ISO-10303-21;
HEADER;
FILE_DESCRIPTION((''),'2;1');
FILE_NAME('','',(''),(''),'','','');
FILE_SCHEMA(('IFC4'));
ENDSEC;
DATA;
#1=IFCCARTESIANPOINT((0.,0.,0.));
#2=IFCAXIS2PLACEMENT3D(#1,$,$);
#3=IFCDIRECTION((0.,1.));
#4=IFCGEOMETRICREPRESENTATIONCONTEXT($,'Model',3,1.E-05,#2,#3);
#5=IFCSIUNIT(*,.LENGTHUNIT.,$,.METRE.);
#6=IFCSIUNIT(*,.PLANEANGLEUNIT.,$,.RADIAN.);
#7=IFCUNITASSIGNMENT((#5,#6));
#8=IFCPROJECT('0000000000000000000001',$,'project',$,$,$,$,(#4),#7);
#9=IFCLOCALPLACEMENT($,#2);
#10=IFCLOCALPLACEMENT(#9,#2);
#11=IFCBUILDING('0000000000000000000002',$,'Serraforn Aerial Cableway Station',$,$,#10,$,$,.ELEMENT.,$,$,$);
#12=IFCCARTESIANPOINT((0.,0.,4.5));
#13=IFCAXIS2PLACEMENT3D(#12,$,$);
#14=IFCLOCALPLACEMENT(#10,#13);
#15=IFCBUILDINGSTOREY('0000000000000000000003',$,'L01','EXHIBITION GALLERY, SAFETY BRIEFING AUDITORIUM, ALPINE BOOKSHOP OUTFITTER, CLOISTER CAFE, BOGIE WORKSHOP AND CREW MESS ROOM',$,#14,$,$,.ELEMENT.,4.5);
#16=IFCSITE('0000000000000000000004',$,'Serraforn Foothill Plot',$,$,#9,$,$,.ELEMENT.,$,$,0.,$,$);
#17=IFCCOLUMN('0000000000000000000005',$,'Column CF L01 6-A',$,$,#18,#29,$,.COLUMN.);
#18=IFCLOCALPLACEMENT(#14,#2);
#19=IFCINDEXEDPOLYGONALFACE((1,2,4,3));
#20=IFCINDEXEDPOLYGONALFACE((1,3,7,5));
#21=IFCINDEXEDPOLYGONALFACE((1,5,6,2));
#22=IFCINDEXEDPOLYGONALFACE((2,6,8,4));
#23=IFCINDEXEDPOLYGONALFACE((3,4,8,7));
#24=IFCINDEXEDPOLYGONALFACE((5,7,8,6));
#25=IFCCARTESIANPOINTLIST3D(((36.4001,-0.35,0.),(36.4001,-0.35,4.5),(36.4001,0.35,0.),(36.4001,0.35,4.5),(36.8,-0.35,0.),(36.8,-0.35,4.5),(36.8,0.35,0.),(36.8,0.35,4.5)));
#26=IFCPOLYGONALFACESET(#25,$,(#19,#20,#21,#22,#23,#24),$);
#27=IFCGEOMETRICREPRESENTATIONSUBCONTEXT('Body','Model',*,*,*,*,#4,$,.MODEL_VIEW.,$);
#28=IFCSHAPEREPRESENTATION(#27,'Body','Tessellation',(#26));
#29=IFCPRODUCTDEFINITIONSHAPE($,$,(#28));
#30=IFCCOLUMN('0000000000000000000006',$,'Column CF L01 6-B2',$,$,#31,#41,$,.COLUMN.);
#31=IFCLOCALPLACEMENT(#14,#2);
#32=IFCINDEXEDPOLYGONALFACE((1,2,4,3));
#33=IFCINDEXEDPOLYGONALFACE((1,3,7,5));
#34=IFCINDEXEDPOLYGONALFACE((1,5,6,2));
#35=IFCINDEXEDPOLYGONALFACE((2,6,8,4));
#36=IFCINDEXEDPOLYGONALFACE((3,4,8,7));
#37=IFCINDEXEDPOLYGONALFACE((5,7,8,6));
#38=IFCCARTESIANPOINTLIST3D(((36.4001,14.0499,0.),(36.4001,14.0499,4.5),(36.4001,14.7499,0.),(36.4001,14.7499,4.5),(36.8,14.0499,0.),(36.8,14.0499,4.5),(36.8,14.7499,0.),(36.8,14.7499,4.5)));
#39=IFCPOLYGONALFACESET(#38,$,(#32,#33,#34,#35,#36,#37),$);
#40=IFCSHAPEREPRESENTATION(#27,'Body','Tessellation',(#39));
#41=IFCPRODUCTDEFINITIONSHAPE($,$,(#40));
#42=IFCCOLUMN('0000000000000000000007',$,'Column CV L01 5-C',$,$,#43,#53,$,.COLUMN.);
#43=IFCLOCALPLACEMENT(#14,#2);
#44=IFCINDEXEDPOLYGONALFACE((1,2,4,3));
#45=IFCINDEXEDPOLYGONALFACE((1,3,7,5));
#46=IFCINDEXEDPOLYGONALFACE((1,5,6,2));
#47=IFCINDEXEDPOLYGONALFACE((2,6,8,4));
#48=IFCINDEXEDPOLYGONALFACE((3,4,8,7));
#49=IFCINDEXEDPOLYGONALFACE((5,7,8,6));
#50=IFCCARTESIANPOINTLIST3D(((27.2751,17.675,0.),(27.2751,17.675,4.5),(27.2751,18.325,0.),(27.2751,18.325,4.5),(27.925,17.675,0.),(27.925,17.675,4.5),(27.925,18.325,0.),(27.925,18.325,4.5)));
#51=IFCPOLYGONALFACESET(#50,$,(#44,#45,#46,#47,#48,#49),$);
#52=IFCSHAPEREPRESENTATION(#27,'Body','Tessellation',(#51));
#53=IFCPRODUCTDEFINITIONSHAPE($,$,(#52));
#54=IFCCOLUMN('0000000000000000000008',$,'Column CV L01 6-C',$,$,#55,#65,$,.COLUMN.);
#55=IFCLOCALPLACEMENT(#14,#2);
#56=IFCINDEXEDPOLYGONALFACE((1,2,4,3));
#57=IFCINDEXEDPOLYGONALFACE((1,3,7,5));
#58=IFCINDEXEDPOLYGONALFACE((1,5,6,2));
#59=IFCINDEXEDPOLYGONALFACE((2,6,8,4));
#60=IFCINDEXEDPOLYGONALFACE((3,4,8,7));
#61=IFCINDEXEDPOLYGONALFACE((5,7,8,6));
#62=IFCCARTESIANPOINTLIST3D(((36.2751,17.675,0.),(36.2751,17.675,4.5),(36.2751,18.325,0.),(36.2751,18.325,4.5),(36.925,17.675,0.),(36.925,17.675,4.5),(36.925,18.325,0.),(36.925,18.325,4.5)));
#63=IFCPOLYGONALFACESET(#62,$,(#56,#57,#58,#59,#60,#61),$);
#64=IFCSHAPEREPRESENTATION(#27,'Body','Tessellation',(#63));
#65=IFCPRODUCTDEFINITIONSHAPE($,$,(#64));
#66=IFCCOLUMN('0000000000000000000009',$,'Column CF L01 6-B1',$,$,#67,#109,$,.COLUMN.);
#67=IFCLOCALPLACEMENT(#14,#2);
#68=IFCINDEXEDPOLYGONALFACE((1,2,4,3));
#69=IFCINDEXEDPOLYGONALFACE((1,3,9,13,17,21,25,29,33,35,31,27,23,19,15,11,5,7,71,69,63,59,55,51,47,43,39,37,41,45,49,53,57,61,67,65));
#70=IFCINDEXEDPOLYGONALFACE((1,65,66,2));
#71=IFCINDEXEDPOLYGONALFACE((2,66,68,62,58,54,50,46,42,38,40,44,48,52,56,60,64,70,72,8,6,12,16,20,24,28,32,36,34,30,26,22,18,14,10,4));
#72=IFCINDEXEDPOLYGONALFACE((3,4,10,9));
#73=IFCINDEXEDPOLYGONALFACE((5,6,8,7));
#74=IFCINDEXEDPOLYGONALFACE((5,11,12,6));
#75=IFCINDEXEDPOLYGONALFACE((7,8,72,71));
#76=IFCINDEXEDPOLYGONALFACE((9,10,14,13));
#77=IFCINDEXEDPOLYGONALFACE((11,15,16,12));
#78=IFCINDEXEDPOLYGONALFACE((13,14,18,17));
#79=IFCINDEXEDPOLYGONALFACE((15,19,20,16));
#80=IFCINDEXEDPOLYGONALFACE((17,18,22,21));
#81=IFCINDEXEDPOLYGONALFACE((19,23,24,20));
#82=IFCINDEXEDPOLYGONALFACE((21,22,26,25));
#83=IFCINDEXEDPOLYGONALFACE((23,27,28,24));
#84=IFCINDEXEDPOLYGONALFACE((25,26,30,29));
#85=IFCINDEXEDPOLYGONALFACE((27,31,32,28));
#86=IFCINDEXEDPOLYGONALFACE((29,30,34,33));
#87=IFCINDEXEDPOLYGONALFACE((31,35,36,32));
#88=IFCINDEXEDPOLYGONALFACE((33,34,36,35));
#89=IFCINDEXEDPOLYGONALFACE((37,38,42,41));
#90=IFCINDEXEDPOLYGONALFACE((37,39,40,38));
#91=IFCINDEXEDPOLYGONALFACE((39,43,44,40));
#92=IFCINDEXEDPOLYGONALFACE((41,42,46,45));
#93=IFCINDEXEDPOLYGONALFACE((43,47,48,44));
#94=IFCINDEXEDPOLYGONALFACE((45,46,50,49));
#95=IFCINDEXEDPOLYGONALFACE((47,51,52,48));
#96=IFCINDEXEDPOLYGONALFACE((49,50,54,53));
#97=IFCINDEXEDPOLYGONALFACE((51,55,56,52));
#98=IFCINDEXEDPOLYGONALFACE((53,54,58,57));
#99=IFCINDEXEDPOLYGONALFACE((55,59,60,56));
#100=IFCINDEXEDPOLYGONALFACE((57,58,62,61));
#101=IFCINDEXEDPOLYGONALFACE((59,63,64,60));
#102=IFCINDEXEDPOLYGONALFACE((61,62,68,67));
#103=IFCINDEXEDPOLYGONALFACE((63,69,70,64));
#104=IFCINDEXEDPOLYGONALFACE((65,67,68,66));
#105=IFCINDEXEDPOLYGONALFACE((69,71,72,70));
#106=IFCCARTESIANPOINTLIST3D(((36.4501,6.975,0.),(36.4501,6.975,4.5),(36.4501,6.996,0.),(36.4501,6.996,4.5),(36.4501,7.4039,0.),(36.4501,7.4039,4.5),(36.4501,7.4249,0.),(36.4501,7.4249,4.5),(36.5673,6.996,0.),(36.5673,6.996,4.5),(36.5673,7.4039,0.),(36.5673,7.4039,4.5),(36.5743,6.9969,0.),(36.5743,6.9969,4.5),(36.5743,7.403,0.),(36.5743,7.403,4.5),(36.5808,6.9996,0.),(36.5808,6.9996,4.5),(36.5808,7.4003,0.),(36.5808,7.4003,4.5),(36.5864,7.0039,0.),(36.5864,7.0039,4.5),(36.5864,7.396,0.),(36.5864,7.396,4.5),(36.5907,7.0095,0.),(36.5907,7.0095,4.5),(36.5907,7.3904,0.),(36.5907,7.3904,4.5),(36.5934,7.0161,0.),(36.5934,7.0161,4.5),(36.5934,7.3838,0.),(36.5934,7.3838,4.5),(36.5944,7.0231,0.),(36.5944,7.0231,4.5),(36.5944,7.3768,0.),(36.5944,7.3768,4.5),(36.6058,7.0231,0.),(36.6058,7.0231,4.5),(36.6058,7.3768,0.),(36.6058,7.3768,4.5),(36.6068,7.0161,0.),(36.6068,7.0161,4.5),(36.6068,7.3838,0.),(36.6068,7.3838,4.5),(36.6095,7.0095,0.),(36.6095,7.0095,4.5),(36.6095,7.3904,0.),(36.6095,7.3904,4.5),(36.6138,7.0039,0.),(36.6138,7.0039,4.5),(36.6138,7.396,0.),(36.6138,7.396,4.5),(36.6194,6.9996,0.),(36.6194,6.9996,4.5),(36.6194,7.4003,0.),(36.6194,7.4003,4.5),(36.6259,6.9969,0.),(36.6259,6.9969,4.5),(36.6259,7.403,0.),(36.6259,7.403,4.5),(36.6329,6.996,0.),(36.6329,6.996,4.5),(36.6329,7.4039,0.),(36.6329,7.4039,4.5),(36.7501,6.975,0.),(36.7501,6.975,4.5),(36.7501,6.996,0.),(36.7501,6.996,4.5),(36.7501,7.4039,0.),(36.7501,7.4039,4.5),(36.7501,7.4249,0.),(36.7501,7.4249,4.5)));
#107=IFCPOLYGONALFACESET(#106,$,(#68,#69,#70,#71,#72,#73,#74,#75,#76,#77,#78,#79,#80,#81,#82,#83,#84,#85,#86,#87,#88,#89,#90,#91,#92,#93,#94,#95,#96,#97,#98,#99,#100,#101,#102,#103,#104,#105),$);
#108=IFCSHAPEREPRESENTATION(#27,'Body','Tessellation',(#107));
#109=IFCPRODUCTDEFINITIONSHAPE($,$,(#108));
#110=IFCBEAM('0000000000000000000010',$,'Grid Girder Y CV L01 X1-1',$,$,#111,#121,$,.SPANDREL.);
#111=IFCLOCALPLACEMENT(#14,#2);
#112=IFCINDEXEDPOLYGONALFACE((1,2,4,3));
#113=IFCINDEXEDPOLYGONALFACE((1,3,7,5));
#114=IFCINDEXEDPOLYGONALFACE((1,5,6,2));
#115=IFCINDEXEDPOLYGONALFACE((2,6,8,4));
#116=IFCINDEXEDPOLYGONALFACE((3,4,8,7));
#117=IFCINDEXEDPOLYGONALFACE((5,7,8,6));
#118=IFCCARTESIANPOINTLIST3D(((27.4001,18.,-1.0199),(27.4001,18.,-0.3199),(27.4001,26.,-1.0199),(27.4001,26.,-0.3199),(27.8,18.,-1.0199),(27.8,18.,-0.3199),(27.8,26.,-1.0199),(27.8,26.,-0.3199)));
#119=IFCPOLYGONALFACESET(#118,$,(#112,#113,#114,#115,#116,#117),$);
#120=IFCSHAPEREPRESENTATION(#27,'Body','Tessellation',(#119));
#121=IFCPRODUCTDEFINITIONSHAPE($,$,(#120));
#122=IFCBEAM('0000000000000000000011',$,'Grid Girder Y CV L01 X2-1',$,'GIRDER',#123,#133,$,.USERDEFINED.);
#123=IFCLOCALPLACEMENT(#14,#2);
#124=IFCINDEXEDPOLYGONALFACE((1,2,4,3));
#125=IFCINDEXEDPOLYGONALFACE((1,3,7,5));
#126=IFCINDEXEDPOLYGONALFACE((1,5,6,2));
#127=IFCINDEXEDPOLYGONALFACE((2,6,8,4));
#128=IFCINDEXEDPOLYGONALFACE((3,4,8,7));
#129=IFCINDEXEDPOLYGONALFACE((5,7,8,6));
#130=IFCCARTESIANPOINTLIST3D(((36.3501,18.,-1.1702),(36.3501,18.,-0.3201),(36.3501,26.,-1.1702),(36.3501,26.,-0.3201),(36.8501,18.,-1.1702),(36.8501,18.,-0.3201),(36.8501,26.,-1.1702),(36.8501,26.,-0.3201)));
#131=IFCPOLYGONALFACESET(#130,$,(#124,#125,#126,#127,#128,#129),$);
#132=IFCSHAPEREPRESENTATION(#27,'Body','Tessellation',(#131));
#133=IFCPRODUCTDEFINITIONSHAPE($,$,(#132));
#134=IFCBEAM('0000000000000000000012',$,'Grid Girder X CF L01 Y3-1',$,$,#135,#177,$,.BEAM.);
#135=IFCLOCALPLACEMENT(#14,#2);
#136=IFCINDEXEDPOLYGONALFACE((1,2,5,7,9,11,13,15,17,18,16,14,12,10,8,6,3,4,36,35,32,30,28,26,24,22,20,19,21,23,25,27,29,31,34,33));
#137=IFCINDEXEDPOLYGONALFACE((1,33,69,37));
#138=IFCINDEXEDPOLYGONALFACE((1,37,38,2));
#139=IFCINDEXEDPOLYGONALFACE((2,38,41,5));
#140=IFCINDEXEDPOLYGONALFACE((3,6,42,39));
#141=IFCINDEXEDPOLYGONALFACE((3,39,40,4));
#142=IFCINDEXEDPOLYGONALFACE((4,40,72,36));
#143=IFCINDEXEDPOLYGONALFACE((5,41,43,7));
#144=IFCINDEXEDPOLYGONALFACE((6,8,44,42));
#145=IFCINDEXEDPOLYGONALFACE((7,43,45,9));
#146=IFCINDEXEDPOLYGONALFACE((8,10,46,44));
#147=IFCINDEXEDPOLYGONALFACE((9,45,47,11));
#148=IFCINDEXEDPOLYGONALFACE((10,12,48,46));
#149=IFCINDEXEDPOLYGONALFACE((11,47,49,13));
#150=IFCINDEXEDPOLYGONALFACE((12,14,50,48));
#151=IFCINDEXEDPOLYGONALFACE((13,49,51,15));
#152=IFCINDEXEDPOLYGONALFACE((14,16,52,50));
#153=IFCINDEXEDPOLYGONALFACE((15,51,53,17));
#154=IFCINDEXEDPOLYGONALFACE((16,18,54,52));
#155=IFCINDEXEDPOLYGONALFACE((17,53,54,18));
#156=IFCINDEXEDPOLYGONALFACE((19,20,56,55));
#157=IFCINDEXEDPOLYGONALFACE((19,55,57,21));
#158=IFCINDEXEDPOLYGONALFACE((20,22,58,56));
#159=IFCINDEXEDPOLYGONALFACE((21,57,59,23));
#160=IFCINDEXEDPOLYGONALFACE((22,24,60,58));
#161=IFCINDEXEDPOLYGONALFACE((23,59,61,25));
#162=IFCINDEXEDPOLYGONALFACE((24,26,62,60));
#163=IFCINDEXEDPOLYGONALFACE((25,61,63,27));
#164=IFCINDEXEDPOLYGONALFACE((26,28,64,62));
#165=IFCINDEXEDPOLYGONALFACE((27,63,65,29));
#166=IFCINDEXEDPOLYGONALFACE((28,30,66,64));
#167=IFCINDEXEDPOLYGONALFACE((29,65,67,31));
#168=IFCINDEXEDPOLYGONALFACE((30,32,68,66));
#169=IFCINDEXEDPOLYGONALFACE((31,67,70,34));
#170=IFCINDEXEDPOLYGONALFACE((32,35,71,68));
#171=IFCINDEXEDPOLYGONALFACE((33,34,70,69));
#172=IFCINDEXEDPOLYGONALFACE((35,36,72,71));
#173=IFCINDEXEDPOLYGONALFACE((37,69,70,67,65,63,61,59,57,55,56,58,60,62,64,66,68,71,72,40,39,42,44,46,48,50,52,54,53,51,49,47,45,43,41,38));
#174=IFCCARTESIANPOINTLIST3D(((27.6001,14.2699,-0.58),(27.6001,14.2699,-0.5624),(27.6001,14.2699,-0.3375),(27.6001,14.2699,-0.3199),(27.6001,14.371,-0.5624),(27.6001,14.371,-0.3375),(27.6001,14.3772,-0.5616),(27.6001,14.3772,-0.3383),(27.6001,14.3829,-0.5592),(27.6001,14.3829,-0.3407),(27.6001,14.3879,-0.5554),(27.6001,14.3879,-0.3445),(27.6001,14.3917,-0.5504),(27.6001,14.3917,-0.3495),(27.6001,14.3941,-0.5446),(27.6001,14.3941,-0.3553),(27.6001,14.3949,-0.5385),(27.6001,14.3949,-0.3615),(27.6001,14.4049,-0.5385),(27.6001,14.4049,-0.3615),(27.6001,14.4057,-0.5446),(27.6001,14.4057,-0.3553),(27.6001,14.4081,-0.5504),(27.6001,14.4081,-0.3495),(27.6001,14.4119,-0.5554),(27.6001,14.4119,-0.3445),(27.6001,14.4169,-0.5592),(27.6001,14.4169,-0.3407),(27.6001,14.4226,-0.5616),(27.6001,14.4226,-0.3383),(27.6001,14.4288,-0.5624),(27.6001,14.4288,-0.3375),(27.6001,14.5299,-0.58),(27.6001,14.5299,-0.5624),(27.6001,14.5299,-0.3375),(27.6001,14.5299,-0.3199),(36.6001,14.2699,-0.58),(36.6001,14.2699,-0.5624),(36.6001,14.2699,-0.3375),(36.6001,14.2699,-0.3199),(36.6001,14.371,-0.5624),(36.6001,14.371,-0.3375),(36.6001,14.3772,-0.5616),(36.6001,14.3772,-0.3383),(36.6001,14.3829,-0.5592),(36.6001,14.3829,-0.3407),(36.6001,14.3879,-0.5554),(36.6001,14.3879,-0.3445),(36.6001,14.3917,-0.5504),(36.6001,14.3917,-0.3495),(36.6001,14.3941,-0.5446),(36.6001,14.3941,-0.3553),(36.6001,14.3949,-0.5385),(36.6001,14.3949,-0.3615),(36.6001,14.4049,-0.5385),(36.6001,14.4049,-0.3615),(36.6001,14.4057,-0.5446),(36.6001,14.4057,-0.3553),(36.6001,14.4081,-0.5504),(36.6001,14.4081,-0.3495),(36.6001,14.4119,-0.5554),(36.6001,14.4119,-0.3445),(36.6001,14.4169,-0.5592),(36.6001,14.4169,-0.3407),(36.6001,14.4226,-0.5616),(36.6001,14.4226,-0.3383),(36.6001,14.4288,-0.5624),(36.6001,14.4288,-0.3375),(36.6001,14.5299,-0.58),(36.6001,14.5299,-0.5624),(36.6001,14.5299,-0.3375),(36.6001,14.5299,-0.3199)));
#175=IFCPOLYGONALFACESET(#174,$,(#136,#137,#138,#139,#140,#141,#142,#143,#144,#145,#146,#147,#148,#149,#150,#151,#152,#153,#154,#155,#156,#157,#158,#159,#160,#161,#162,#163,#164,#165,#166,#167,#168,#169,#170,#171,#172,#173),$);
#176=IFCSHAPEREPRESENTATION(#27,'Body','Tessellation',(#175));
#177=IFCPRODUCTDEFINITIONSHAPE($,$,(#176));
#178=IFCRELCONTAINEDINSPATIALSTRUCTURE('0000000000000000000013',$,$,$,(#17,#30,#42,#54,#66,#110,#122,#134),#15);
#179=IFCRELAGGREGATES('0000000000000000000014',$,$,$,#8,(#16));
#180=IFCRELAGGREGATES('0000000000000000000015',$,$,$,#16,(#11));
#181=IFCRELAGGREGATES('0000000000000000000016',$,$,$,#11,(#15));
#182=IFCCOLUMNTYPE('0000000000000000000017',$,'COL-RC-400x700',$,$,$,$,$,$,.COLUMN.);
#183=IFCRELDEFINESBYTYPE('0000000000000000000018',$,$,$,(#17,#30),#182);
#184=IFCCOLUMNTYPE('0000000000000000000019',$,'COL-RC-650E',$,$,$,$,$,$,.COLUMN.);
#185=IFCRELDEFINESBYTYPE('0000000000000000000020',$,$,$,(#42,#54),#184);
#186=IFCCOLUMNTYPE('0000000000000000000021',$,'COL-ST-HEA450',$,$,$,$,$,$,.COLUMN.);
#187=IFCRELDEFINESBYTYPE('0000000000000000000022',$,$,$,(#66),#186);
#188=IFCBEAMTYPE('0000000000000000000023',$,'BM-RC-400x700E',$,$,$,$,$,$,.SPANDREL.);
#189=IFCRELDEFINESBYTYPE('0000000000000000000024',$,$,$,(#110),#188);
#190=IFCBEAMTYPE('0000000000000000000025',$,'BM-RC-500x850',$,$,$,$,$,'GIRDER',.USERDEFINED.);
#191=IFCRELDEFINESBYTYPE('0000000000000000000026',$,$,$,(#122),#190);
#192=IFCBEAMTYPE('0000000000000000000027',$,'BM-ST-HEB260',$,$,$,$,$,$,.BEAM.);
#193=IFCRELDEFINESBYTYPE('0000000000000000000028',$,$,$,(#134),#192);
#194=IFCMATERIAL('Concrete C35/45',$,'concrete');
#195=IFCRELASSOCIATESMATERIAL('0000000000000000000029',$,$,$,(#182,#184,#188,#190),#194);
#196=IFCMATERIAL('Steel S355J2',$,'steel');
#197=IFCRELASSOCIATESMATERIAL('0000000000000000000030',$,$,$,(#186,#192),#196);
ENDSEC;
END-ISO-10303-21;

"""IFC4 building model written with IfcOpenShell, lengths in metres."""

from ifc_helpers import new_model, si_unit, direction, frame, origin, origin_2d, place, context, subcontext, project, spatial, rectangle, i_section, extrude, material, material_profile, profile_set, type_object, element, save


model = new_model("IFC4")

# Units and contexts
model_context = context("Model", 3, precision=1e-05, world=origin(), true_north=direction((0.0, 1.0)))
body_context = subcontext(model_context, "Body", "Model", "MODEL_VIEW")
ifc_project = project(units=[si_unit("LENGTHUNIT", "METRE"), si_unit("PLANEANGLEUNIT", "RADIAN")], contexts=[model_context])

# Site, building, storey
site_placement = place(None, origin())
site = spatial("IfcSite", under=ifc_project, at=site_placement, Name="Serraforn Foothill Plot", CompositionType="ELEMENT", RefElevation=0.0)
building_placement = place(site_placement, origin())
building = spatial("IfcBuilding", under=site, at=building_placement, Name="Serraforn Aerial Cableway Station", CompositionType="ELEMENT")
storey_placement = place(building_placement, frame((0.0, 0.0, 4.5)))
storey = spatial("IfcBuildingStorey", under=building, at=storey_placement, Name="L01", Description="EXHIBITION GALLERY, SAFETY BRIEFING AUDITORIUM, ALPINE BOOKSHOP OUTFITTER, CLOISTER CAFE, BOGIE WORKSHOP AND CREW MESS ROOM", CompositionType="ELEMENT", Elevation=4.5)

# Columns
ifc_material_1 = material(Name="Concrete C35/45", Category="concrete")
ifc_material_profile_1 = material_profile(ifc_material_1, rectangle(XDim=0.3999, YDim=0.7, at=origin_2d()), Name="RC 400x700")
ifc_profile_set_1 = profile_set([ifc_material_profile_1], Name="Concrete C35/45")
column_type_1 = type_object("IfcColumnType", Name="COL-RC-400x700", PredefinedType="COLUMN", material=ifc_profile_set_1)
for number, where, z_axis, x_axis, name in (
    (1, (36.6001, 0.0, 0.0), (0.0, 0.0, 1.0), (1.0, 0.0, 0.0), "Column CF L01 6-A"),
    (2, (36.6001, 14.3999, 0.0), (0.0, 0.0, 1.0), (1.0, 0.0, 0.0), "Column CF L01 6-B2"),
):
    element("IfcColumn", number, at=place(storey_placement, frame(where, z_axis=z_axis, x_axis=x_axis)), inside=storey, type_object=column_type_1, Name=name, PredefinedType="COLUMN", context=body_context, shape_type="SweptSolid", body=[
        extrude(rectangle(XDim=0.3999, YDim=0.7, at=origin_2d()), origin(), (0.0, 0.0, 1.0), 4.5),
    ])
ifc_material_profile_2 = material_profile(ifc_material_1, rectangle(XDim=0.6499, YDim=0.6499, at=origin_2d()), Name="RC 650x650")
ifc_profile_set_2 = profile_set([ifc_material_profile_2], Name="Concrete C35/45")
column_type_2 = type_object("IfcColumnType", Name="COL-RC-650E", PredefinedType="COLUMN", material=ifc_profile_set_2)
for number, where, z_axis, x_axis, name in (
    (3, (27.6001, 18.0, 0.0), (0.0, 0.0, 1.0), (1.0, 0.0, 0.0), "Column CV L01 5-C"),
    (4, (36.6001, 18.0, 0.0), (0.0, 0.0, 1.0), (1.0, 0.0, 0.0), "Column CV L01 6-C"),
):
    element("IfcColumn", number, at=place(storey_placement, frame(where, z_axis=z_axis, x_axis=x_axis)), inside=storey, type_object=column_type_2, Name=name, PredefinedType="COLUMN", context=body_context, shape_type="SweptSolid", body=[
        extrude(rectangle(XDim=0.6499, YDim=0.6499, at=origin_2d()), origin(), (0.0, 0.0, 1.0), 4.5),
    ])
ifc_material_2 = material(Name="Steel S355J2", Category="steel")
ifc_material_profile_3 = material_profile(ifc_material_2, i_section(OverallWidth=0.3, OverallDepth=0.45, WebThickness=0.0115, FlangeThickness=0.021, FilletRadius=0.0271, at=origin_2d()), Name="HEA 450")
ifc_profile_set_3 = profile_set([ifc_material_profile_3], Name="Steel S355J2")
column_type_3 = type_object("IfcColumnType", Name="COL-ST-HEA450", PredefinedType="COLUMN", material=ifc_profile_set_3)
column_placement = place(storey_placement, frame((36.6001, 7.2, 0.0), z_axis=(0.0, 0.0, 1.0), x_axis=(1.0, 0.0, 0.0)))
element("IfcColumn", 5, at=column_placement, inside=storey, type_object=column_type_3, Name="Column CF L01 6-B1", PredefinedType="COLUMN", context=body_context, shape_type="SweptSolid", body=[
    extrude(i_section(OverallWidth=0.3, OverallDepth=0.45, WebThickness=0.0115, FlangeThickness=0.021, FilletRadius=0.0271, at=origin_2d()), origin(), (0.0, 0.0, 1.0), 4.5),
])

# Beams
ifc_material_profile_4 = material_profile(ifc_material_1, rectangle(XDim=0.3999, YDim=0.7, at=origin_2d()), Name="RC 400x700")
ifc_profile_set_4 = profile_set([ifc_material_profile_4], Name="Concrete C35/45")
beam_type_1 = type_object("IfcBeamType", Name="BM-RC-400x700E", PredefinedType="SPANDREL", material=ifc_profile_set_4)
beam_1_placement = place(storey_placement, frame((27.6001, 18.0, -0.6699), z_axis=(0.0, 1.0, 0.0), x_axis=(-1.0, 0.0, 0.0)))
element("IfcBeam", 6, at=beam_1_placement, inside=storey, type_object=beam_type_1, Name="Grid Girder Y CV L01 X1-1", PredefinedType="SPANDREL", context=body_context, shape_type="SweptSolid", body=[
    extrude(rectangle(XDim=0.3999, YDim=0.7, at=origin_2d()), origin(), (0.0, 0.0, 1.0), 8.0),
])
ifc_material_profile_5 = material_profile(ifc_material_1, rectangle(XDim=0.5, YDim=0.8501, at=origin_2d()), Name="RC 500x850")
ifc_profile_set_5 = profile_set([ifc_material_profile_5], Name="Concrete C35/45")
beam_type_2 = type_object("IfcBeamType", Name="BM-RC-500x850", ElementType="GIRDER", PredefinedType="USERDEFINED", material=ifc_profile_set_5)
beam_2_placement = place(storey_placement, frame((36.6001, 18.0, -0.7451), z_axis=(0.0, 1.0, 0.0), x_axis=(-1.0, 0.0, 0.0)))
element("IfcBeam", 7, at=beam_2_placement, inside=storey, type_object=beam_type_2, Name="Grid Girder Y CV L01 X2-1", ObjectType="GIRDER", PredefinedType="USERDEFINED", context=body_context, shape_type="SweptSolid", body=[
    extrude(rectangle(XDim=0.5, YDim=0.8501, at=origin_2d()), origin(), (0.0, 0.0, 1.0), 8.0),
])
ifc_material_profile_6 = material_profile(ifc_material_2, i_section(OverallWidth=0.26, OverallDepth=0.26, WebThickness=0.01, FlangeThickness=0.0176, FilletRadius=0.0239, at=origin_2d()), Name="HEB 260")
ifc_profile_set_6 = profile_set([ifc_material_profile_6], Name="Steel S355J2")
beam_type_3 = type_object("IfcBeamType", Name="BM-ST-HEB260", PredefinedType="BEAM", material=ifc_profile_set_6)
beam_3_placement = place(storey_placement, frame((27.6001, 14.3999, -0.45), z_axis=(1.0, 0.0, 0.0), x_axis=(0.0, 1.0, 0.0)))
element("IfcBeam", 8, at=beam_3_placement, inside=storey, type_object=beam_type_3, Name="Grid Girder X CF L01 Y3-1", PredefinedType="BEAM", context=body_context, shape_type="SweptSolid", body=[
    extrude(i_section(OverallWidth=0.26, OverallDepth=0.26, WebThickness=0.01, FlangeThickness=0.0176, FilletRadius=0.0239, at=origin_2d()), origin(), (0.0, 0.0, 1.0), 9.0),
])

save(model, "model.ifc")
